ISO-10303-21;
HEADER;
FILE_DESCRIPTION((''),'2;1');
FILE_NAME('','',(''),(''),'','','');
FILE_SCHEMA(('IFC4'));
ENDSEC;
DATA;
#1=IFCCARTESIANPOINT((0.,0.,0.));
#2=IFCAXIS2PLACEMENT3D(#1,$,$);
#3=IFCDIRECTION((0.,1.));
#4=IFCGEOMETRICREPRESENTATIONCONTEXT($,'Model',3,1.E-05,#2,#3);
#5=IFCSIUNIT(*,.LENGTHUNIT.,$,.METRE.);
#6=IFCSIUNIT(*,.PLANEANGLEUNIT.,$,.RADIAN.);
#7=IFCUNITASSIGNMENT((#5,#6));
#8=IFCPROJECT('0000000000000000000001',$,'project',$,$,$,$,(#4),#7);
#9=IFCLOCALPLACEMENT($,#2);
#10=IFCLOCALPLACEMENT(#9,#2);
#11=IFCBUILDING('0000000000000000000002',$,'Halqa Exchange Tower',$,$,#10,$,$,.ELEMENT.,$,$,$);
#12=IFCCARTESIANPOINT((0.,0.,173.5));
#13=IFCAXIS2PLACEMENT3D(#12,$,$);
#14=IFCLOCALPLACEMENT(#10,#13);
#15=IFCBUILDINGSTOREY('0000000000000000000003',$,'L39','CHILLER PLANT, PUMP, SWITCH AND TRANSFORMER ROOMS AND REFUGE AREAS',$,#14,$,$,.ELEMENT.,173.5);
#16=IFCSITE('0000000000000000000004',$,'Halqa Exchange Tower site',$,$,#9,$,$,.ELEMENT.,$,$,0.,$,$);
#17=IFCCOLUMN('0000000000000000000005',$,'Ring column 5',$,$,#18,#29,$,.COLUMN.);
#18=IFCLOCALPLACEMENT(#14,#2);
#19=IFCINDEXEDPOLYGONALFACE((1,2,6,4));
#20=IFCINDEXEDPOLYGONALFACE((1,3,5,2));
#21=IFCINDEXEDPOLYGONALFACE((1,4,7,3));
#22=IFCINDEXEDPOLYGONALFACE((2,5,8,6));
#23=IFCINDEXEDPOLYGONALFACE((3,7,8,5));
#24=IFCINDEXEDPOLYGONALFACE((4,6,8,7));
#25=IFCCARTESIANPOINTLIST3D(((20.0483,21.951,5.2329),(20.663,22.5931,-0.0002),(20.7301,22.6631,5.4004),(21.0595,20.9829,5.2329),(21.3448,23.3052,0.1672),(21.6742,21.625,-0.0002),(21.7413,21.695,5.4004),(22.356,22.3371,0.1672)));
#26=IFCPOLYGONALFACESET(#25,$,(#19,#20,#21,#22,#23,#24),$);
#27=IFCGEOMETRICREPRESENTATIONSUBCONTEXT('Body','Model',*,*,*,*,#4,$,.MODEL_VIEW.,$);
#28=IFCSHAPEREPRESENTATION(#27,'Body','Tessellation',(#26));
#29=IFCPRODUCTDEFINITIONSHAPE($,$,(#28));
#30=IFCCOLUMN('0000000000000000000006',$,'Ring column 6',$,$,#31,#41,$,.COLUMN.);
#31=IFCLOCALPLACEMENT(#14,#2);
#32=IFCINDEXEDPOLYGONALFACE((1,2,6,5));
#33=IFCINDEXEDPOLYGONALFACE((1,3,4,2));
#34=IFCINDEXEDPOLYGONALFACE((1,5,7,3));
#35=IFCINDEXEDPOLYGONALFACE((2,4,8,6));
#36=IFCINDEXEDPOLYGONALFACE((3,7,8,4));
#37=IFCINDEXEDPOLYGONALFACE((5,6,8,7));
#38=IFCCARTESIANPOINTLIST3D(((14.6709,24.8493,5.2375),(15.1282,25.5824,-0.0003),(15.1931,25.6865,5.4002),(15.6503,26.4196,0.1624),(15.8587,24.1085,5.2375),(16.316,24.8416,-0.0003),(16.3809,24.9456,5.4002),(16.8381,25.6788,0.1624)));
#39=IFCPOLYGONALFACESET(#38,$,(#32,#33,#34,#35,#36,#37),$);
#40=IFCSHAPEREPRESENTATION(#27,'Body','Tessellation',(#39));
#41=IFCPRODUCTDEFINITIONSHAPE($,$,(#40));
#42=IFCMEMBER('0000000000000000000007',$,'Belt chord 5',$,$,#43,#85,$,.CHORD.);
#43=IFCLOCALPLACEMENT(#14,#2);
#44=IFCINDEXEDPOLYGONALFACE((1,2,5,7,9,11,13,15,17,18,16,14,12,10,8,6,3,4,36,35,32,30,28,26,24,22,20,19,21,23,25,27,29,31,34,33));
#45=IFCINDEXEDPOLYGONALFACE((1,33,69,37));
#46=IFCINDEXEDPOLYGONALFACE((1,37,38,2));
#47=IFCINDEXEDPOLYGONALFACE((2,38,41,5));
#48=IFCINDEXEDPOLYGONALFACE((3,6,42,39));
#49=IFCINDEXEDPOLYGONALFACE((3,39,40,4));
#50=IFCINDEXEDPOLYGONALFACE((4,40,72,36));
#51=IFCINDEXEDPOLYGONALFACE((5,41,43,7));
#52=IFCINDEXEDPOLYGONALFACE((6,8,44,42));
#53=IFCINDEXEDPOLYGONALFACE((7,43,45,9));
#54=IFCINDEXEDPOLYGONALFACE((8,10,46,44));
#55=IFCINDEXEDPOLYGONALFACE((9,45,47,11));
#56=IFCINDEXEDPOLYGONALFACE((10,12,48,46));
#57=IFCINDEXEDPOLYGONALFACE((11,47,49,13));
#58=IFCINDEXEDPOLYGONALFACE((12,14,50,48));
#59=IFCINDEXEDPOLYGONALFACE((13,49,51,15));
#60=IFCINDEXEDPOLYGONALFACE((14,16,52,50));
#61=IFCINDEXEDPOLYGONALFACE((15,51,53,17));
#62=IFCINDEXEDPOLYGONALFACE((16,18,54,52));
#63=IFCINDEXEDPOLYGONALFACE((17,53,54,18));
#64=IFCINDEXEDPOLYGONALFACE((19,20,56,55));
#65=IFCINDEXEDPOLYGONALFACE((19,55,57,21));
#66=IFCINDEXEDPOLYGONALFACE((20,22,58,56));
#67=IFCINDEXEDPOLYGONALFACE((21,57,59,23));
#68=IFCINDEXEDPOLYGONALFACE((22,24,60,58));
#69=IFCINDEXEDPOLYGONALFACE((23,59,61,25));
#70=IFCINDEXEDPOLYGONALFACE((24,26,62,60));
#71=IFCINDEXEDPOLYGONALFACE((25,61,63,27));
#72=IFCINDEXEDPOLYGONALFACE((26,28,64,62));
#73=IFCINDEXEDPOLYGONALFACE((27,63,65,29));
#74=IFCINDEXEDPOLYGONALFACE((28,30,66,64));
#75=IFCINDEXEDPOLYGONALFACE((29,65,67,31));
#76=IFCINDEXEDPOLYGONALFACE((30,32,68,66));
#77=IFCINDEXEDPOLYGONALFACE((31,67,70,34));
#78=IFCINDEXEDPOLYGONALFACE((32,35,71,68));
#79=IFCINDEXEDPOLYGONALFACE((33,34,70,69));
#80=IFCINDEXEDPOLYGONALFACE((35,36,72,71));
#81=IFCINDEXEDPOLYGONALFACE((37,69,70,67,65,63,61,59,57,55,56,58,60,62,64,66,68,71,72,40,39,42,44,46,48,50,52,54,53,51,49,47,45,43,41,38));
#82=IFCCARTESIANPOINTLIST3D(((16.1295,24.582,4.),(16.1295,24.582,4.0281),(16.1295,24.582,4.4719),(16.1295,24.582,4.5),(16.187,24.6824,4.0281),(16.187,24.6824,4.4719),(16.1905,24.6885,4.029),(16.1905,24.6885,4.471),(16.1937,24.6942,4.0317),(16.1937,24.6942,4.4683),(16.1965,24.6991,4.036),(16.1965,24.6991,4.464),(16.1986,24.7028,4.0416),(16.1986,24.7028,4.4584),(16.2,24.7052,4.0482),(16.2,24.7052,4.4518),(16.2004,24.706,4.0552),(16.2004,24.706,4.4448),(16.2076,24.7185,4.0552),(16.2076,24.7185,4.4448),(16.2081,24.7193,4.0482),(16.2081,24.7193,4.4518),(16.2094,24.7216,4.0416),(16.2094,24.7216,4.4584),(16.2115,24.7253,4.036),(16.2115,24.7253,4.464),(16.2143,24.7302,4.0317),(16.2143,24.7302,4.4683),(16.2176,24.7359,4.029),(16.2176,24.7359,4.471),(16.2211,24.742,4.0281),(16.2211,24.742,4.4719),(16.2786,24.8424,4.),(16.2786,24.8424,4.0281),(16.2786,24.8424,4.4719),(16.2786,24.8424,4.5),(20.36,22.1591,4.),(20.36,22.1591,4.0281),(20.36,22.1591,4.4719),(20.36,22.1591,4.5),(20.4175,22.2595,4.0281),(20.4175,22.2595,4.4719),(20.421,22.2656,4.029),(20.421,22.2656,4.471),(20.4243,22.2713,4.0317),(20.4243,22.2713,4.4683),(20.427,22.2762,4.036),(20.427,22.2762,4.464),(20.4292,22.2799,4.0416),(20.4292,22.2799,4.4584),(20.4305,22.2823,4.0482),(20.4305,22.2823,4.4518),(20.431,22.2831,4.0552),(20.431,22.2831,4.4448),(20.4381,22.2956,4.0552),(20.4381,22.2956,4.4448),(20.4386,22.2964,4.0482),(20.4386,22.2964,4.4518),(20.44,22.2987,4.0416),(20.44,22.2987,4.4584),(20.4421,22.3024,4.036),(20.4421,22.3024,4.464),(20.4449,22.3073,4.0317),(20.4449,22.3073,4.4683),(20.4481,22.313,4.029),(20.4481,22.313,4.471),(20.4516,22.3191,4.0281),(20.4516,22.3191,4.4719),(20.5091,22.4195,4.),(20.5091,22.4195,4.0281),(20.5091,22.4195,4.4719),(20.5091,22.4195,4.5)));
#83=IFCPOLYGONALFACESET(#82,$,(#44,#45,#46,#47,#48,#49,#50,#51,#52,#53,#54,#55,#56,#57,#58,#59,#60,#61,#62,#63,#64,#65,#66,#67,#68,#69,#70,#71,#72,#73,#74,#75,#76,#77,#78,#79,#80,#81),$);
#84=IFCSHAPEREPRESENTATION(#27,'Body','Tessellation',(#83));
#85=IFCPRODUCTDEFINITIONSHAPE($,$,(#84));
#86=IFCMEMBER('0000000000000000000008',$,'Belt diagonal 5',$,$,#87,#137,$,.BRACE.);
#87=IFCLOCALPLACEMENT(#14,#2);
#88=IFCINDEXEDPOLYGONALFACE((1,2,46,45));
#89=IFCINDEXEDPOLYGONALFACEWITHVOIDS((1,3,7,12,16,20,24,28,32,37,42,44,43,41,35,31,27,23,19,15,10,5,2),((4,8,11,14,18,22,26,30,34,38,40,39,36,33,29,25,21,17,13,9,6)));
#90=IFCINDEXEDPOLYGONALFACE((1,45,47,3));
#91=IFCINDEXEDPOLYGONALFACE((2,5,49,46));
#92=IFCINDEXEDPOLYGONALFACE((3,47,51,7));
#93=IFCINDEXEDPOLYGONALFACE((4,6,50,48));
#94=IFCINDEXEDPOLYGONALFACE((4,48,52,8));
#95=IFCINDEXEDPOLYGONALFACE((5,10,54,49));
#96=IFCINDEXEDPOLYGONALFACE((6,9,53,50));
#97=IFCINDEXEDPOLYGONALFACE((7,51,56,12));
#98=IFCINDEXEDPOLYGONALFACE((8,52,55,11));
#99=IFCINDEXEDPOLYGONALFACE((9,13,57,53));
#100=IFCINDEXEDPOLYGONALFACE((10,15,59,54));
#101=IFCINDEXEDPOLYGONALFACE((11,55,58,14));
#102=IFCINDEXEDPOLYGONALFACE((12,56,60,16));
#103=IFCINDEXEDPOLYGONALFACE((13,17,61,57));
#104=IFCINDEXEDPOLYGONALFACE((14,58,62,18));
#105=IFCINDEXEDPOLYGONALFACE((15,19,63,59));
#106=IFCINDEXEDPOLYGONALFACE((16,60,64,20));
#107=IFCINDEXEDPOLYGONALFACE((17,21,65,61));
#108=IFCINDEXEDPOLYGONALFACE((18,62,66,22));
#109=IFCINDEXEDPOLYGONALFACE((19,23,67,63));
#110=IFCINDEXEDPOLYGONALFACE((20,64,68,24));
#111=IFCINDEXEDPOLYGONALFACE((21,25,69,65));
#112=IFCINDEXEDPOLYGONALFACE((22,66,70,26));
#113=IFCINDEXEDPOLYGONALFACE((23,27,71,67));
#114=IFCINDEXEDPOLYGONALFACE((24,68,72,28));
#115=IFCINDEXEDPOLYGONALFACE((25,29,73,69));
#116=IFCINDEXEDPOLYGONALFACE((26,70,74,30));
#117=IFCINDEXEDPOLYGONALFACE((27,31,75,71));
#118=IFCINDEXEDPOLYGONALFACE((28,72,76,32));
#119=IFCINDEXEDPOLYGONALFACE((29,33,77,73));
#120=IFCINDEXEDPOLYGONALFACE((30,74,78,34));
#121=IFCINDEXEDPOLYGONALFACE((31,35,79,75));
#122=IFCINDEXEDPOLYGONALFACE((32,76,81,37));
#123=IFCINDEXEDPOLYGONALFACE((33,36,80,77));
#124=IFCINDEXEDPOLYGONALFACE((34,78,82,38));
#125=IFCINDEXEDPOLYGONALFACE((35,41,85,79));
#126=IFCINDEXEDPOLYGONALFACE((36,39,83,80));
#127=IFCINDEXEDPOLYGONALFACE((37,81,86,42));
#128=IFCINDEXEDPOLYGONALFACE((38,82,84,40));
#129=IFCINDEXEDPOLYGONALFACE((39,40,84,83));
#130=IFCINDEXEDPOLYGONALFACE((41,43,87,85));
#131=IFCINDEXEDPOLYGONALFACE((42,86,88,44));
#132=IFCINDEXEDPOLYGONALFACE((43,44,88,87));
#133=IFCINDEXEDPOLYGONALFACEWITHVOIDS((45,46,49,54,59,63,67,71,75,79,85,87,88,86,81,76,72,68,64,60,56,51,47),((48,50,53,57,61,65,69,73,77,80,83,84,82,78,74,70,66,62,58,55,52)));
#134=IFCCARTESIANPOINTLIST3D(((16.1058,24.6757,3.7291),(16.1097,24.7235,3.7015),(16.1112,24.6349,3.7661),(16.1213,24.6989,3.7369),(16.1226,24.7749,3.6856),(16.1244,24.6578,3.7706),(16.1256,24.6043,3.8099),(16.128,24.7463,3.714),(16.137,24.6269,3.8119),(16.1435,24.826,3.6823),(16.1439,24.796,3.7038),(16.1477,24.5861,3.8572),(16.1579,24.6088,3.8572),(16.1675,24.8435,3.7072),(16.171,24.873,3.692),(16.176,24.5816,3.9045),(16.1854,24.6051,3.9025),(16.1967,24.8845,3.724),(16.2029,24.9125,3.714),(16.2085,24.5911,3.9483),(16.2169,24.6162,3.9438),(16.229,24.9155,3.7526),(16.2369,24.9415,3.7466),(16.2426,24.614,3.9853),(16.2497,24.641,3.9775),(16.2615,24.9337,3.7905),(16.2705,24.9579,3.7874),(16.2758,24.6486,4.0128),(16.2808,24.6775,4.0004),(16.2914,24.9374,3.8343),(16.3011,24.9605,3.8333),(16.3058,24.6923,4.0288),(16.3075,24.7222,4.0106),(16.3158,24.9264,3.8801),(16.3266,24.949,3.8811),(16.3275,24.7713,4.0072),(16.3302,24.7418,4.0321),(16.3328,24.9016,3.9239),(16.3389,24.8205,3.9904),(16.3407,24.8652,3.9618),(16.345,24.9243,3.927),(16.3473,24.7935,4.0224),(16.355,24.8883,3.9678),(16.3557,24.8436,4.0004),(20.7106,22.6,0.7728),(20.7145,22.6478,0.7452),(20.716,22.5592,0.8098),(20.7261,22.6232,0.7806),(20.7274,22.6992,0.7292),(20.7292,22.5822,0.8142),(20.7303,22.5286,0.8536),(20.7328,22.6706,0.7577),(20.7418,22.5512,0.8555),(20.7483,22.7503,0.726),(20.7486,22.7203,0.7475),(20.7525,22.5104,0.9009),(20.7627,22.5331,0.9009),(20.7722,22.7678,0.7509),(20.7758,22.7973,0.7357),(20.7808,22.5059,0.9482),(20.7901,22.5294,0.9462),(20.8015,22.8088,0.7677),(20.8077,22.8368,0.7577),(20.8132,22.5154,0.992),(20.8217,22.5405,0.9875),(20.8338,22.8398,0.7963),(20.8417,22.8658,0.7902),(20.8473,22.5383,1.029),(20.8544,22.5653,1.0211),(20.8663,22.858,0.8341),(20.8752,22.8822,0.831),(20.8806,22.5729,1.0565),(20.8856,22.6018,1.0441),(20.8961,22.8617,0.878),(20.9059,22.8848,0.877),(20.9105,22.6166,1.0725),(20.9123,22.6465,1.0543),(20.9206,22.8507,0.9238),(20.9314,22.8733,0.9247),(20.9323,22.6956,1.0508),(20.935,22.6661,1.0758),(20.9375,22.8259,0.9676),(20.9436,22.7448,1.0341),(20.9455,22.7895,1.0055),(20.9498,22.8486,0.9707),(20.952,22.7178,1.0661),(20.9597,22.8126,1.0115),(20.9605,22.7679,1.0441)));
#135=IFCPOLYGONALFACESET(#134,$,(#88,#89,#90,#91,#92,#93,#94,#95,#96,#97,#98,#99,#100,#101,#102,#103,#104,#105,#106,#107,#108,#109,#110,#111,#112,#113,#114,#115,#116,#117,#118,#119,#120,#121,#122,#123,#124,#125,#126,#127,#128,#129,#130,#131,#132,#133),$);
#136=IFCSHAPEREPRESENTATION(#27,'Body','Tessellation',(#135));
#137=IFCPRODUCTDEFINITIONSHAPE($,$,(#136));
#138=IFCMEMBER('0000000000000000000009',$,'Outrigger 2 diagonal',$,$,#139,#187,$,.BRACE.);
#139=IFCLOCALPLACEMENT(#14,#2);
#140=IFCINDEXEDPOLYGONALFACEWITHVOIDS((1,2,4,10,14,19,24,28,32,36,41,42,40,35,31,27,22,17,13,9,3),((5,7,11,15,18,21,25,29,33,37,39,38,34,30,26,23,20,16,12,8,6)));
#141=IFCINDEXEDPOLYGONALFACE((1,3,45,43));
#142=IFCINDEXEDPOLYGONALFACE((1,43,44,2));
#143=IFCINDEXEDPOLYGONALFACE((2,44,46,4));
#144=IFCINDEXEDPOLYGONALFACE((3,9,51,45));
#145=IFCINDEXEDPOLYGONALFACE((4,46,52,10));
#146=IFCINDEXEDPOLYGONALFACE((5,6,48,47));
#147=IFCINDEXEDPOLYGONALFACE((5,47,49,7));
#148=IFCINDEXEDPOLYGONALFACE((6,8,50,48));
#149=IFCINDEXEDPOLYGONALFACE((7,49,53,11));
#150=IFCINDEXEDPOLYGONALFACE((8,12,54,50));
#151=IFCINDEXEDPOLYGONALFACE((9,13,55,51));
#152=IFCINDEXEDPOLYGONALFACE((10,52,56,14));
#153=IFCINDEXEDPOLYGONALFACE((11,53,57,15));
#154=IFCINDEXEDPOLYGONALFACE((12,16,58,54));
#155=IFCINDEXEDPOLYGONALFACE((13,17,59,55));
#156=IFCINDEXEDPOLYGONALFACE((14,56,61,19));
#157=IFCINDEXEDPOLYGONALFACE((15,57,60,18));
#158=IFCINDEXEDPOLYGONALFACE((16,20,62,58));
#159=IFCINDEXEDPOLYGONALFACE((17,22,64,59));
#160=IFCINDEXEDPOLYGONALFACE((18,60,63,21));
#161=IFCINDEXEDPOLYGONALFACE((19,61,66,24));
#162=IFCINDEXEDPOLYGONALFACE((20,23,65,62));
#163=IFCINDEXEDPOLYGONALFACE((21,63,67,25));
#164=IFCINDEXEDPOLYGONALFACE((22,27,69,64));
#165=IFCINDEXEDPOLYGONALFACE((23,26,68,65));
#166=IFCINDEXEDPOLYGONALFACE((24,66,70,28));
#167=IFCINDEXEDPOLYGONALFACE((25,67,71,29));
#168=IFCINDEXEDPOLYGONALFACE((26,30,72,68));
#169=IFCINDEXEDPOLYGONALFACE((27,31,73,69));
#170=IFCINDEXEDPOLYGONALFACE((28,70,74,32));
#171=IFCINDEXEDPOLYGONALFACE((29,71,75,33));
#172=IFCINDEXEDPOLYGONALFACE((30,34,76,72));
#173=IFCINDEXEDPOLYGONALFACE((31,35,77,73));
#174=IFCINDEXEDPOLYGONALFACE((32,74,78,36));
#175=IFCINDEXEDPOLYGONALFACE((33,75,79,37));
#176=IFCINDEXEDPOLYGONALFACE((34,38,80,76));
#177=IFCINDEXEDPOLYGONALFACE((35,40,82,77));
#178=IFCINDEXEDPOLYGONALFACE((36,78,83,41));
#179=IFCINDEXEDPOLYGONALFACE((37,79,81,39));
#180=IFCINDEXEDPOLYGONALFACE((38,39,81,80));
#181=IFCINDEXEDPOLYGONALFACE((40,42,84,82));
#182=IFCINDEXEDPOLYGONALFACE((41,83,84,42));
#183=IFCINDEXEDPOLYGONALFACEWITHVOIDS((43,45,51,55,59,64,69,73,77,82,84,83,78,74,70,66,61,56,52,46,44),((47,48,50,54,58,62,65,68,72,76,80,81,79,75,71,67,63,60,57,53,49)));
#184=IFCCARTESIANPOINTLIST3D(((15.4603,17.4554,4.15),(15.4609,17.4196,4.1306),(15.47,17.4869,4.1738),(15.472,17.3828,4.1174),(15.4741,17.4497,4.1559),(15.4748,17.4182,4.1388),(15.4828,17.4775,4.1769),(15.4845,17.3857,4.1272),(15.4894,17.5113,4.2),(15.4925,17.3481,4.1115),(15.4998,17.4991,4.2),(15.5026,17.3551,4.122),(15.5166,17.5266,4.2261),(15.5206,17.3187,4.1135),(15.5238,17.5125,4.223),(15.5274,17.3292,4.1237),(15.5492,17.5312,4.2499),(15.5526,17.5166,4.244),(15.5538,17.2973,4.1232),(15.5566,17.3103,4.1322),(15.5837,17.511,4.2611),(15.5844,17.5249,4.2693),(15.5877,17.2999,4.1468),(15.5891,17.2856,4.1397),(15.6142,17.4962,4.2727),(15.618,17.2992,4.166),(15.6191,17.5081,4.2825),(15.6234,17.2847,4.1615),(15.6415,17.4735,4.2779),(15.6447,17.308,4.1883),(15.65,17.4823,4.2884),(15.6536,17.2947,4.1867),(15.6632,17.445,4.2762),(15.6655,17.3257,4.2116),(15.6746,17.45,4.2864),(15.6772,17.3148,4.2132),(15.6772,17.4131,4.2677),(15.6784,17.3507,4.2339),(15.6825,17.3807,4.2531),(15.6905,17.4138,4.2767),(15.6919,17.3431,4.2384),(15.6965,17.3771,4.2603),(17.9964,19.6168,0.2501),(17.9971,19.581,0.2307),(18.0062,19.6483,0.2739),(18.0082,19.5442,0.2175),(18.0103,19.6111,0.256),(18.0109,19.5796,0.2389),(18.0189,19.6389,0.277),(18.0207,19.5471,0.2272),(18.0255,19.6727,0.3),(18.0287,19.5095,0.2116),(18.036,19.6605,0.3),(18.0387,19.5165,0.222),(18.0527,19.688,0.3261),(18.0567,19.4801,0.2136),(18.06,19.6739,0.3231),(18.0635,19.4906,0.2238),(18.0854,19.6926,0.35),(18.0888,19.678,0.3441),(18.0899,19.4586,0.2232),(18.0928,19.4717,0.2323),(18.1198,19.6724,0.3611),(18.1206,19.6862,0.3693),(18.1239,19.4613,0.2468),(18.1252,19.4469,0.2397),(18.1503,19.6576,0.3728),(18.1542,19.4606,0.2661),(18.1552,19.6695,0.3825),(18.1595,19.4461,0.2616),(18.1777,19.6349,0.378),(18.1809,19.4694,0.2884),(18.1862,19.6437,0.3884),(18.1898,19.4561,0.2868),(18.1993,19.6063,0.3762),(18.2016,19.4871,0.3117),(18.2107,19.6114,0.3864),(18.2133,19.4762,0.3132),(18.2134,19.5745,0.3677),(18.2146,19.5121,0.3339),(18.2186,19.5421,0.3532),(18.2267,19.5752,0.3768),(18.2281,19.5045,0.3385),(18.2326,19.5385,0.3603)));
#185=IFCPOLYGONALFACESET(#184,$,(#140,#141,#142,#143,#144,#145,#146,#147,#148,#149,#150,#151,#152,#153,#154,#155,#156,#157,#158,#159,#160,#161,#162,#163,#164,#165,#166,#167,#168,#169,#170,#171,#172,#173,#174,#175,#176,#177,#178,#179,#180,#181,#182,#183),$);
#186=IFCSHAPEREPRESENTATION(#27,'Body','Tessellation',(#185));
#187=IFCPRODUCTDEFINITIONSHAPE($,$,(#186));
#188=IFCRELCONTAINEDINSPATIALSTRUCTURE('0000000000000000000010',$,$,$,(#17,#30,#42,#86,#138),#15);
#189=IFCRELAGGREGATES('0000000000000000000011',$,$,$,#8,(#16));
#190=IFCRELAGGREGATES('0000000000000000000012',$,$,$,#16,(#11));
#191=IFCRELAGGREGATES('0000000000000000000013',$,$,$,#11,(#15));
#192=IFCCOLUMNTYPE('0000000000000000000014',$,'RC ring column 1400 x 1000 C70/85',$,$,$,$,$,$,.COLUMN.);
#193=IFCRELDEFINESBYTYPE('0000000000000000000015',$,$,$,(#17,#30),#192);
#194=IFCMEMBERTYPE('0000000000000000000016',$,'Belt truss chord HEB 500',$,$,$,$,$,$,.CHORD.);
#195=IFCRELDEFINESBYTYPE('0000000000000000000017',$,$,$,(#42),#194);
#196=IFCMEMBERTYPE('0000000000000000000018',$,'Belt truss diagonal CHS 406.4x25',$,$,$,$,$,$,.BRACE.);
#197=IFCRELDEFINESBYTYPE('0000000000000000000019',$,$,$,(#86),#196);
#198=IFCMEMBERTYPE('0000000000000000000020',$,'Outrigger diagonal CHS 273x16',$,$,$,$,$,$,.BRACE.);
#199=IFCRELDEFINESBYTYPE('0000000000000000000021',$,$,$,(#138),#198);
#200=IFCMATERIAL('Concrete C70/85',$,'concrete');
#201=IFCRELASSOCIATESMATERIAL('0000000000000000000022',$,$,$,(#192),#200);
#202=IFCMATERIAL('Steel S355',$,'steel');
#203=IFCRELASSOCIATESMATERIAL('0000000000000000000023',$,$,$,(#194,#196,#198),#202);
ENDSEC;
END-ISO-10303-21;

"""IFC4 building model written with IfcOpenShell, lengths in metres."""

from ifc_helpers import new_model, si_unit, direction, frame, origin, origin_2d, place, context, subcontext, project, spatial, rectangle, hollow_circle, i_section, extrude, material, material_profile, profile_set, type_object, element, save


model = new_model("IFC4")

# Units and contexts
model_context = context("Model", 3, precision=1e-05, world=origin(), true_north=direction((0.0, 1.0)))
body_context = subcontext(model_context, "Body", "Model", "MODEL_VIEW")
ifc_project = project(units=[si_unit("LENGTHUNIT", "METRE"), si_unit("PLANEANGLEUNIT", "RADIAN")], contexts=[model_context])

# Site, building, storey
site_placement = place(None, origin())
site = spatial("IfcSite", under=ifc_project, at=site_placement, Name="Halqa Exchange Tower site", CompositionType="ELEMENT", RefElevation=0.0)
building_placement = place(site_placement, origin())
building = spatial("IfcBuilding", under=site, at=building_placement, Name="Halqa Exchange Tower", CompositionType="ELEMENT")
storey_placement = place(building_placement, frame((0.0, 0.0, 173.5)))
storey = spatial("IfcBuildingStorey", under=building, at=storey_placement, Name="L39", Description="CHILLER PLANT, PUMP, SWITCH AND TRANSFORMER ROOMS AND REFUGE AREAS", CompositionType="ELEMENT", Elevation=173.5)

# Columns
ifc_material_1 = material(Name="Concrete C70/85", Category="concrete")
ifc_material_profile_1 = material_profile(ifc_material_1, rectangle(XDim=1.3999, YDim=1.0, at=origin_2d()), Name="1400 x 1000")
ifc_profile_set_1 = profile_set([ifc_material_profile_1], Name="Concrete C70/85")
column_type = type_object("IfcColumnType", Name="RC ring column 1400 x 1000 C70/85", PredefinedType="COLUMN", material=ifc_profile_set_1)
column_1_placement = place(storey_placement, frame((21.5095, 22.4651, 0.0835), z_axis=(-0.115812, -0.120964, 0.985878), x_axis=(0.72232, -0.691559, 0.0)))
element("IfcColumn", 1, at=column_1_placement, inside=storey, type_object=column_type, Name="Ring column 5", PredefinedType="COLUMN", context=body_context, shape_type="SweptSolid", body=[
    extrude(rectangle(XDim=1.3999, YDim=1.0, at=origin_2d()), origin(), (0.0, 0.0, 1.0), 5.3081),
])
column_2_placement = place(storey_placement, frame((15.9832, 25.6306, 0.0811), z_axis=(-0.086139, -0.138107, 0.986664), x_axis=(0.84849, -0.529211, 0.0)))
element("IfcColumn", 2, at=column_2_placement, inside=storey, type_object=column_type, Name="Ring column 6", PredefinedType="COLUMN", context=body_context, shape_type="SweptSolid", body=[
    extrude(rectangle(XDim=1.3999, YDim=1.0, at=origin_2d()), origin(), (0.0, 0.0, 1.0), 5.3086),
])

# Members
ifc_material_2 = material(Name="Steel S355", Category="steel")
ifc_material_profile_2 = material_profile(ifc_material_2, i_section(OverallWidth=0.3, OverallDepth=0.5, WebThickness=0.0144, FlangeThickness=0.0281, FilletRadius=0.0271, at=origin_2d()), Name="HEB 500")
ifc_profile_set_2 = profile_set([ifc_material_profile_2], Name="Steel S355")
member_type_1 = type_object("IfcMemberType", Name="Belt truss chord HEB 500", PredefinedType="CHORD", material=ifc_profile_set_2)
member_1_placement = place(storey_placement, frame((20.4346, 22.2893, 4.25), z_axis=(-0.867762, 0.49698, 0.0), x_axis=(-0.49698, -0.867762, 0.0)))
element("IfcMember", 3, at=member_1_placement, inside=storey, type_object=member_type_1, Name="Belt chord 5", PredefinedType="CHORD", context=body_context, shape_type="SweptSolid", body=[
    extrude(i_section(OverallWidth=0.3, OverallDepth=0.5, WebThickness=0.0144, FlangeThickness=0.0281, FilletRadius=0.0271, at=origin_2d()), origin(), (0.0, 0.0, 1.0), 4.8752),
])
ifc_material_profile_3 = material_profile(ifc_material_2, hollow_circle(Radius=0.2031, WallThickness=0.0249, at=origin_2d()), Name="CHS 406.4x25")
ifc_profile_set_3 = profile_set([ifc_material_profile_3], Name="Steel S355")
member_type_2 = type_object("IfcMemberType", Name="Belt truss diagonal CHS 406.4x25", PredefinedType="BRACE", material=ifc_profile_set_3)
member_2_placement = place(storey_placement, frame((20.8359, 22.6956, 0.9009), z_axis=(-0.786798, 0.354666, 0.505134), x_axis=(-0.410949, -0.911658, 0.0)))
element("IfcMember", 4, at=member_2_placement, inside=storey, type_object=member_type_2, Name="Belt diagonal 5", PredefinedType="BRACE", context=body_context, shape_type="SweptSolid", body=[
    extrude(hollow_circle(Radius=0.2031, WallThickness=0.0249, at=origin_2d()), origin(), (0.0, 0.0, 1.0), 5.8525),
])
ifc_material_profile_4 = material_profile(ifc_material_2, hollow_circle(Radius=0.1365, WallThickness=0.0161, at=origin_2d()), Name="CHS 273x16")
ifc_profile_set_4 = profile_set([ifc_material_profile_4], Name="Steel S355")
member_type_3 = type_object("IfcMemberType", Name="Outrigger diagonal CHS 273x16", PredefinedType="BRACE", material=ifc_profile_set_4)
member_3_placement = place(storey_placement, frame((15.5779, 17.4075, 4.2), z_axis=(0.494412, 0.421354, -0.760275), x_axis=(-0.648635, 0.7611, 0.0)))
element("IfcMember", 5, at=member_3_placement, inside=storey, type_object=member_type_3, Name="Outrigger 2 diagonal", PredefinedType="BRACE", context=body_context, shape_type="SweptSolid", body=[
    extrude(hollow_circle(Radius=0.1365, WallThickness=0.0161, at=origin_2d()), origin(), (0.0, 0.0, 1.0), 5.1296),
])

save(model, "model.ifc")
